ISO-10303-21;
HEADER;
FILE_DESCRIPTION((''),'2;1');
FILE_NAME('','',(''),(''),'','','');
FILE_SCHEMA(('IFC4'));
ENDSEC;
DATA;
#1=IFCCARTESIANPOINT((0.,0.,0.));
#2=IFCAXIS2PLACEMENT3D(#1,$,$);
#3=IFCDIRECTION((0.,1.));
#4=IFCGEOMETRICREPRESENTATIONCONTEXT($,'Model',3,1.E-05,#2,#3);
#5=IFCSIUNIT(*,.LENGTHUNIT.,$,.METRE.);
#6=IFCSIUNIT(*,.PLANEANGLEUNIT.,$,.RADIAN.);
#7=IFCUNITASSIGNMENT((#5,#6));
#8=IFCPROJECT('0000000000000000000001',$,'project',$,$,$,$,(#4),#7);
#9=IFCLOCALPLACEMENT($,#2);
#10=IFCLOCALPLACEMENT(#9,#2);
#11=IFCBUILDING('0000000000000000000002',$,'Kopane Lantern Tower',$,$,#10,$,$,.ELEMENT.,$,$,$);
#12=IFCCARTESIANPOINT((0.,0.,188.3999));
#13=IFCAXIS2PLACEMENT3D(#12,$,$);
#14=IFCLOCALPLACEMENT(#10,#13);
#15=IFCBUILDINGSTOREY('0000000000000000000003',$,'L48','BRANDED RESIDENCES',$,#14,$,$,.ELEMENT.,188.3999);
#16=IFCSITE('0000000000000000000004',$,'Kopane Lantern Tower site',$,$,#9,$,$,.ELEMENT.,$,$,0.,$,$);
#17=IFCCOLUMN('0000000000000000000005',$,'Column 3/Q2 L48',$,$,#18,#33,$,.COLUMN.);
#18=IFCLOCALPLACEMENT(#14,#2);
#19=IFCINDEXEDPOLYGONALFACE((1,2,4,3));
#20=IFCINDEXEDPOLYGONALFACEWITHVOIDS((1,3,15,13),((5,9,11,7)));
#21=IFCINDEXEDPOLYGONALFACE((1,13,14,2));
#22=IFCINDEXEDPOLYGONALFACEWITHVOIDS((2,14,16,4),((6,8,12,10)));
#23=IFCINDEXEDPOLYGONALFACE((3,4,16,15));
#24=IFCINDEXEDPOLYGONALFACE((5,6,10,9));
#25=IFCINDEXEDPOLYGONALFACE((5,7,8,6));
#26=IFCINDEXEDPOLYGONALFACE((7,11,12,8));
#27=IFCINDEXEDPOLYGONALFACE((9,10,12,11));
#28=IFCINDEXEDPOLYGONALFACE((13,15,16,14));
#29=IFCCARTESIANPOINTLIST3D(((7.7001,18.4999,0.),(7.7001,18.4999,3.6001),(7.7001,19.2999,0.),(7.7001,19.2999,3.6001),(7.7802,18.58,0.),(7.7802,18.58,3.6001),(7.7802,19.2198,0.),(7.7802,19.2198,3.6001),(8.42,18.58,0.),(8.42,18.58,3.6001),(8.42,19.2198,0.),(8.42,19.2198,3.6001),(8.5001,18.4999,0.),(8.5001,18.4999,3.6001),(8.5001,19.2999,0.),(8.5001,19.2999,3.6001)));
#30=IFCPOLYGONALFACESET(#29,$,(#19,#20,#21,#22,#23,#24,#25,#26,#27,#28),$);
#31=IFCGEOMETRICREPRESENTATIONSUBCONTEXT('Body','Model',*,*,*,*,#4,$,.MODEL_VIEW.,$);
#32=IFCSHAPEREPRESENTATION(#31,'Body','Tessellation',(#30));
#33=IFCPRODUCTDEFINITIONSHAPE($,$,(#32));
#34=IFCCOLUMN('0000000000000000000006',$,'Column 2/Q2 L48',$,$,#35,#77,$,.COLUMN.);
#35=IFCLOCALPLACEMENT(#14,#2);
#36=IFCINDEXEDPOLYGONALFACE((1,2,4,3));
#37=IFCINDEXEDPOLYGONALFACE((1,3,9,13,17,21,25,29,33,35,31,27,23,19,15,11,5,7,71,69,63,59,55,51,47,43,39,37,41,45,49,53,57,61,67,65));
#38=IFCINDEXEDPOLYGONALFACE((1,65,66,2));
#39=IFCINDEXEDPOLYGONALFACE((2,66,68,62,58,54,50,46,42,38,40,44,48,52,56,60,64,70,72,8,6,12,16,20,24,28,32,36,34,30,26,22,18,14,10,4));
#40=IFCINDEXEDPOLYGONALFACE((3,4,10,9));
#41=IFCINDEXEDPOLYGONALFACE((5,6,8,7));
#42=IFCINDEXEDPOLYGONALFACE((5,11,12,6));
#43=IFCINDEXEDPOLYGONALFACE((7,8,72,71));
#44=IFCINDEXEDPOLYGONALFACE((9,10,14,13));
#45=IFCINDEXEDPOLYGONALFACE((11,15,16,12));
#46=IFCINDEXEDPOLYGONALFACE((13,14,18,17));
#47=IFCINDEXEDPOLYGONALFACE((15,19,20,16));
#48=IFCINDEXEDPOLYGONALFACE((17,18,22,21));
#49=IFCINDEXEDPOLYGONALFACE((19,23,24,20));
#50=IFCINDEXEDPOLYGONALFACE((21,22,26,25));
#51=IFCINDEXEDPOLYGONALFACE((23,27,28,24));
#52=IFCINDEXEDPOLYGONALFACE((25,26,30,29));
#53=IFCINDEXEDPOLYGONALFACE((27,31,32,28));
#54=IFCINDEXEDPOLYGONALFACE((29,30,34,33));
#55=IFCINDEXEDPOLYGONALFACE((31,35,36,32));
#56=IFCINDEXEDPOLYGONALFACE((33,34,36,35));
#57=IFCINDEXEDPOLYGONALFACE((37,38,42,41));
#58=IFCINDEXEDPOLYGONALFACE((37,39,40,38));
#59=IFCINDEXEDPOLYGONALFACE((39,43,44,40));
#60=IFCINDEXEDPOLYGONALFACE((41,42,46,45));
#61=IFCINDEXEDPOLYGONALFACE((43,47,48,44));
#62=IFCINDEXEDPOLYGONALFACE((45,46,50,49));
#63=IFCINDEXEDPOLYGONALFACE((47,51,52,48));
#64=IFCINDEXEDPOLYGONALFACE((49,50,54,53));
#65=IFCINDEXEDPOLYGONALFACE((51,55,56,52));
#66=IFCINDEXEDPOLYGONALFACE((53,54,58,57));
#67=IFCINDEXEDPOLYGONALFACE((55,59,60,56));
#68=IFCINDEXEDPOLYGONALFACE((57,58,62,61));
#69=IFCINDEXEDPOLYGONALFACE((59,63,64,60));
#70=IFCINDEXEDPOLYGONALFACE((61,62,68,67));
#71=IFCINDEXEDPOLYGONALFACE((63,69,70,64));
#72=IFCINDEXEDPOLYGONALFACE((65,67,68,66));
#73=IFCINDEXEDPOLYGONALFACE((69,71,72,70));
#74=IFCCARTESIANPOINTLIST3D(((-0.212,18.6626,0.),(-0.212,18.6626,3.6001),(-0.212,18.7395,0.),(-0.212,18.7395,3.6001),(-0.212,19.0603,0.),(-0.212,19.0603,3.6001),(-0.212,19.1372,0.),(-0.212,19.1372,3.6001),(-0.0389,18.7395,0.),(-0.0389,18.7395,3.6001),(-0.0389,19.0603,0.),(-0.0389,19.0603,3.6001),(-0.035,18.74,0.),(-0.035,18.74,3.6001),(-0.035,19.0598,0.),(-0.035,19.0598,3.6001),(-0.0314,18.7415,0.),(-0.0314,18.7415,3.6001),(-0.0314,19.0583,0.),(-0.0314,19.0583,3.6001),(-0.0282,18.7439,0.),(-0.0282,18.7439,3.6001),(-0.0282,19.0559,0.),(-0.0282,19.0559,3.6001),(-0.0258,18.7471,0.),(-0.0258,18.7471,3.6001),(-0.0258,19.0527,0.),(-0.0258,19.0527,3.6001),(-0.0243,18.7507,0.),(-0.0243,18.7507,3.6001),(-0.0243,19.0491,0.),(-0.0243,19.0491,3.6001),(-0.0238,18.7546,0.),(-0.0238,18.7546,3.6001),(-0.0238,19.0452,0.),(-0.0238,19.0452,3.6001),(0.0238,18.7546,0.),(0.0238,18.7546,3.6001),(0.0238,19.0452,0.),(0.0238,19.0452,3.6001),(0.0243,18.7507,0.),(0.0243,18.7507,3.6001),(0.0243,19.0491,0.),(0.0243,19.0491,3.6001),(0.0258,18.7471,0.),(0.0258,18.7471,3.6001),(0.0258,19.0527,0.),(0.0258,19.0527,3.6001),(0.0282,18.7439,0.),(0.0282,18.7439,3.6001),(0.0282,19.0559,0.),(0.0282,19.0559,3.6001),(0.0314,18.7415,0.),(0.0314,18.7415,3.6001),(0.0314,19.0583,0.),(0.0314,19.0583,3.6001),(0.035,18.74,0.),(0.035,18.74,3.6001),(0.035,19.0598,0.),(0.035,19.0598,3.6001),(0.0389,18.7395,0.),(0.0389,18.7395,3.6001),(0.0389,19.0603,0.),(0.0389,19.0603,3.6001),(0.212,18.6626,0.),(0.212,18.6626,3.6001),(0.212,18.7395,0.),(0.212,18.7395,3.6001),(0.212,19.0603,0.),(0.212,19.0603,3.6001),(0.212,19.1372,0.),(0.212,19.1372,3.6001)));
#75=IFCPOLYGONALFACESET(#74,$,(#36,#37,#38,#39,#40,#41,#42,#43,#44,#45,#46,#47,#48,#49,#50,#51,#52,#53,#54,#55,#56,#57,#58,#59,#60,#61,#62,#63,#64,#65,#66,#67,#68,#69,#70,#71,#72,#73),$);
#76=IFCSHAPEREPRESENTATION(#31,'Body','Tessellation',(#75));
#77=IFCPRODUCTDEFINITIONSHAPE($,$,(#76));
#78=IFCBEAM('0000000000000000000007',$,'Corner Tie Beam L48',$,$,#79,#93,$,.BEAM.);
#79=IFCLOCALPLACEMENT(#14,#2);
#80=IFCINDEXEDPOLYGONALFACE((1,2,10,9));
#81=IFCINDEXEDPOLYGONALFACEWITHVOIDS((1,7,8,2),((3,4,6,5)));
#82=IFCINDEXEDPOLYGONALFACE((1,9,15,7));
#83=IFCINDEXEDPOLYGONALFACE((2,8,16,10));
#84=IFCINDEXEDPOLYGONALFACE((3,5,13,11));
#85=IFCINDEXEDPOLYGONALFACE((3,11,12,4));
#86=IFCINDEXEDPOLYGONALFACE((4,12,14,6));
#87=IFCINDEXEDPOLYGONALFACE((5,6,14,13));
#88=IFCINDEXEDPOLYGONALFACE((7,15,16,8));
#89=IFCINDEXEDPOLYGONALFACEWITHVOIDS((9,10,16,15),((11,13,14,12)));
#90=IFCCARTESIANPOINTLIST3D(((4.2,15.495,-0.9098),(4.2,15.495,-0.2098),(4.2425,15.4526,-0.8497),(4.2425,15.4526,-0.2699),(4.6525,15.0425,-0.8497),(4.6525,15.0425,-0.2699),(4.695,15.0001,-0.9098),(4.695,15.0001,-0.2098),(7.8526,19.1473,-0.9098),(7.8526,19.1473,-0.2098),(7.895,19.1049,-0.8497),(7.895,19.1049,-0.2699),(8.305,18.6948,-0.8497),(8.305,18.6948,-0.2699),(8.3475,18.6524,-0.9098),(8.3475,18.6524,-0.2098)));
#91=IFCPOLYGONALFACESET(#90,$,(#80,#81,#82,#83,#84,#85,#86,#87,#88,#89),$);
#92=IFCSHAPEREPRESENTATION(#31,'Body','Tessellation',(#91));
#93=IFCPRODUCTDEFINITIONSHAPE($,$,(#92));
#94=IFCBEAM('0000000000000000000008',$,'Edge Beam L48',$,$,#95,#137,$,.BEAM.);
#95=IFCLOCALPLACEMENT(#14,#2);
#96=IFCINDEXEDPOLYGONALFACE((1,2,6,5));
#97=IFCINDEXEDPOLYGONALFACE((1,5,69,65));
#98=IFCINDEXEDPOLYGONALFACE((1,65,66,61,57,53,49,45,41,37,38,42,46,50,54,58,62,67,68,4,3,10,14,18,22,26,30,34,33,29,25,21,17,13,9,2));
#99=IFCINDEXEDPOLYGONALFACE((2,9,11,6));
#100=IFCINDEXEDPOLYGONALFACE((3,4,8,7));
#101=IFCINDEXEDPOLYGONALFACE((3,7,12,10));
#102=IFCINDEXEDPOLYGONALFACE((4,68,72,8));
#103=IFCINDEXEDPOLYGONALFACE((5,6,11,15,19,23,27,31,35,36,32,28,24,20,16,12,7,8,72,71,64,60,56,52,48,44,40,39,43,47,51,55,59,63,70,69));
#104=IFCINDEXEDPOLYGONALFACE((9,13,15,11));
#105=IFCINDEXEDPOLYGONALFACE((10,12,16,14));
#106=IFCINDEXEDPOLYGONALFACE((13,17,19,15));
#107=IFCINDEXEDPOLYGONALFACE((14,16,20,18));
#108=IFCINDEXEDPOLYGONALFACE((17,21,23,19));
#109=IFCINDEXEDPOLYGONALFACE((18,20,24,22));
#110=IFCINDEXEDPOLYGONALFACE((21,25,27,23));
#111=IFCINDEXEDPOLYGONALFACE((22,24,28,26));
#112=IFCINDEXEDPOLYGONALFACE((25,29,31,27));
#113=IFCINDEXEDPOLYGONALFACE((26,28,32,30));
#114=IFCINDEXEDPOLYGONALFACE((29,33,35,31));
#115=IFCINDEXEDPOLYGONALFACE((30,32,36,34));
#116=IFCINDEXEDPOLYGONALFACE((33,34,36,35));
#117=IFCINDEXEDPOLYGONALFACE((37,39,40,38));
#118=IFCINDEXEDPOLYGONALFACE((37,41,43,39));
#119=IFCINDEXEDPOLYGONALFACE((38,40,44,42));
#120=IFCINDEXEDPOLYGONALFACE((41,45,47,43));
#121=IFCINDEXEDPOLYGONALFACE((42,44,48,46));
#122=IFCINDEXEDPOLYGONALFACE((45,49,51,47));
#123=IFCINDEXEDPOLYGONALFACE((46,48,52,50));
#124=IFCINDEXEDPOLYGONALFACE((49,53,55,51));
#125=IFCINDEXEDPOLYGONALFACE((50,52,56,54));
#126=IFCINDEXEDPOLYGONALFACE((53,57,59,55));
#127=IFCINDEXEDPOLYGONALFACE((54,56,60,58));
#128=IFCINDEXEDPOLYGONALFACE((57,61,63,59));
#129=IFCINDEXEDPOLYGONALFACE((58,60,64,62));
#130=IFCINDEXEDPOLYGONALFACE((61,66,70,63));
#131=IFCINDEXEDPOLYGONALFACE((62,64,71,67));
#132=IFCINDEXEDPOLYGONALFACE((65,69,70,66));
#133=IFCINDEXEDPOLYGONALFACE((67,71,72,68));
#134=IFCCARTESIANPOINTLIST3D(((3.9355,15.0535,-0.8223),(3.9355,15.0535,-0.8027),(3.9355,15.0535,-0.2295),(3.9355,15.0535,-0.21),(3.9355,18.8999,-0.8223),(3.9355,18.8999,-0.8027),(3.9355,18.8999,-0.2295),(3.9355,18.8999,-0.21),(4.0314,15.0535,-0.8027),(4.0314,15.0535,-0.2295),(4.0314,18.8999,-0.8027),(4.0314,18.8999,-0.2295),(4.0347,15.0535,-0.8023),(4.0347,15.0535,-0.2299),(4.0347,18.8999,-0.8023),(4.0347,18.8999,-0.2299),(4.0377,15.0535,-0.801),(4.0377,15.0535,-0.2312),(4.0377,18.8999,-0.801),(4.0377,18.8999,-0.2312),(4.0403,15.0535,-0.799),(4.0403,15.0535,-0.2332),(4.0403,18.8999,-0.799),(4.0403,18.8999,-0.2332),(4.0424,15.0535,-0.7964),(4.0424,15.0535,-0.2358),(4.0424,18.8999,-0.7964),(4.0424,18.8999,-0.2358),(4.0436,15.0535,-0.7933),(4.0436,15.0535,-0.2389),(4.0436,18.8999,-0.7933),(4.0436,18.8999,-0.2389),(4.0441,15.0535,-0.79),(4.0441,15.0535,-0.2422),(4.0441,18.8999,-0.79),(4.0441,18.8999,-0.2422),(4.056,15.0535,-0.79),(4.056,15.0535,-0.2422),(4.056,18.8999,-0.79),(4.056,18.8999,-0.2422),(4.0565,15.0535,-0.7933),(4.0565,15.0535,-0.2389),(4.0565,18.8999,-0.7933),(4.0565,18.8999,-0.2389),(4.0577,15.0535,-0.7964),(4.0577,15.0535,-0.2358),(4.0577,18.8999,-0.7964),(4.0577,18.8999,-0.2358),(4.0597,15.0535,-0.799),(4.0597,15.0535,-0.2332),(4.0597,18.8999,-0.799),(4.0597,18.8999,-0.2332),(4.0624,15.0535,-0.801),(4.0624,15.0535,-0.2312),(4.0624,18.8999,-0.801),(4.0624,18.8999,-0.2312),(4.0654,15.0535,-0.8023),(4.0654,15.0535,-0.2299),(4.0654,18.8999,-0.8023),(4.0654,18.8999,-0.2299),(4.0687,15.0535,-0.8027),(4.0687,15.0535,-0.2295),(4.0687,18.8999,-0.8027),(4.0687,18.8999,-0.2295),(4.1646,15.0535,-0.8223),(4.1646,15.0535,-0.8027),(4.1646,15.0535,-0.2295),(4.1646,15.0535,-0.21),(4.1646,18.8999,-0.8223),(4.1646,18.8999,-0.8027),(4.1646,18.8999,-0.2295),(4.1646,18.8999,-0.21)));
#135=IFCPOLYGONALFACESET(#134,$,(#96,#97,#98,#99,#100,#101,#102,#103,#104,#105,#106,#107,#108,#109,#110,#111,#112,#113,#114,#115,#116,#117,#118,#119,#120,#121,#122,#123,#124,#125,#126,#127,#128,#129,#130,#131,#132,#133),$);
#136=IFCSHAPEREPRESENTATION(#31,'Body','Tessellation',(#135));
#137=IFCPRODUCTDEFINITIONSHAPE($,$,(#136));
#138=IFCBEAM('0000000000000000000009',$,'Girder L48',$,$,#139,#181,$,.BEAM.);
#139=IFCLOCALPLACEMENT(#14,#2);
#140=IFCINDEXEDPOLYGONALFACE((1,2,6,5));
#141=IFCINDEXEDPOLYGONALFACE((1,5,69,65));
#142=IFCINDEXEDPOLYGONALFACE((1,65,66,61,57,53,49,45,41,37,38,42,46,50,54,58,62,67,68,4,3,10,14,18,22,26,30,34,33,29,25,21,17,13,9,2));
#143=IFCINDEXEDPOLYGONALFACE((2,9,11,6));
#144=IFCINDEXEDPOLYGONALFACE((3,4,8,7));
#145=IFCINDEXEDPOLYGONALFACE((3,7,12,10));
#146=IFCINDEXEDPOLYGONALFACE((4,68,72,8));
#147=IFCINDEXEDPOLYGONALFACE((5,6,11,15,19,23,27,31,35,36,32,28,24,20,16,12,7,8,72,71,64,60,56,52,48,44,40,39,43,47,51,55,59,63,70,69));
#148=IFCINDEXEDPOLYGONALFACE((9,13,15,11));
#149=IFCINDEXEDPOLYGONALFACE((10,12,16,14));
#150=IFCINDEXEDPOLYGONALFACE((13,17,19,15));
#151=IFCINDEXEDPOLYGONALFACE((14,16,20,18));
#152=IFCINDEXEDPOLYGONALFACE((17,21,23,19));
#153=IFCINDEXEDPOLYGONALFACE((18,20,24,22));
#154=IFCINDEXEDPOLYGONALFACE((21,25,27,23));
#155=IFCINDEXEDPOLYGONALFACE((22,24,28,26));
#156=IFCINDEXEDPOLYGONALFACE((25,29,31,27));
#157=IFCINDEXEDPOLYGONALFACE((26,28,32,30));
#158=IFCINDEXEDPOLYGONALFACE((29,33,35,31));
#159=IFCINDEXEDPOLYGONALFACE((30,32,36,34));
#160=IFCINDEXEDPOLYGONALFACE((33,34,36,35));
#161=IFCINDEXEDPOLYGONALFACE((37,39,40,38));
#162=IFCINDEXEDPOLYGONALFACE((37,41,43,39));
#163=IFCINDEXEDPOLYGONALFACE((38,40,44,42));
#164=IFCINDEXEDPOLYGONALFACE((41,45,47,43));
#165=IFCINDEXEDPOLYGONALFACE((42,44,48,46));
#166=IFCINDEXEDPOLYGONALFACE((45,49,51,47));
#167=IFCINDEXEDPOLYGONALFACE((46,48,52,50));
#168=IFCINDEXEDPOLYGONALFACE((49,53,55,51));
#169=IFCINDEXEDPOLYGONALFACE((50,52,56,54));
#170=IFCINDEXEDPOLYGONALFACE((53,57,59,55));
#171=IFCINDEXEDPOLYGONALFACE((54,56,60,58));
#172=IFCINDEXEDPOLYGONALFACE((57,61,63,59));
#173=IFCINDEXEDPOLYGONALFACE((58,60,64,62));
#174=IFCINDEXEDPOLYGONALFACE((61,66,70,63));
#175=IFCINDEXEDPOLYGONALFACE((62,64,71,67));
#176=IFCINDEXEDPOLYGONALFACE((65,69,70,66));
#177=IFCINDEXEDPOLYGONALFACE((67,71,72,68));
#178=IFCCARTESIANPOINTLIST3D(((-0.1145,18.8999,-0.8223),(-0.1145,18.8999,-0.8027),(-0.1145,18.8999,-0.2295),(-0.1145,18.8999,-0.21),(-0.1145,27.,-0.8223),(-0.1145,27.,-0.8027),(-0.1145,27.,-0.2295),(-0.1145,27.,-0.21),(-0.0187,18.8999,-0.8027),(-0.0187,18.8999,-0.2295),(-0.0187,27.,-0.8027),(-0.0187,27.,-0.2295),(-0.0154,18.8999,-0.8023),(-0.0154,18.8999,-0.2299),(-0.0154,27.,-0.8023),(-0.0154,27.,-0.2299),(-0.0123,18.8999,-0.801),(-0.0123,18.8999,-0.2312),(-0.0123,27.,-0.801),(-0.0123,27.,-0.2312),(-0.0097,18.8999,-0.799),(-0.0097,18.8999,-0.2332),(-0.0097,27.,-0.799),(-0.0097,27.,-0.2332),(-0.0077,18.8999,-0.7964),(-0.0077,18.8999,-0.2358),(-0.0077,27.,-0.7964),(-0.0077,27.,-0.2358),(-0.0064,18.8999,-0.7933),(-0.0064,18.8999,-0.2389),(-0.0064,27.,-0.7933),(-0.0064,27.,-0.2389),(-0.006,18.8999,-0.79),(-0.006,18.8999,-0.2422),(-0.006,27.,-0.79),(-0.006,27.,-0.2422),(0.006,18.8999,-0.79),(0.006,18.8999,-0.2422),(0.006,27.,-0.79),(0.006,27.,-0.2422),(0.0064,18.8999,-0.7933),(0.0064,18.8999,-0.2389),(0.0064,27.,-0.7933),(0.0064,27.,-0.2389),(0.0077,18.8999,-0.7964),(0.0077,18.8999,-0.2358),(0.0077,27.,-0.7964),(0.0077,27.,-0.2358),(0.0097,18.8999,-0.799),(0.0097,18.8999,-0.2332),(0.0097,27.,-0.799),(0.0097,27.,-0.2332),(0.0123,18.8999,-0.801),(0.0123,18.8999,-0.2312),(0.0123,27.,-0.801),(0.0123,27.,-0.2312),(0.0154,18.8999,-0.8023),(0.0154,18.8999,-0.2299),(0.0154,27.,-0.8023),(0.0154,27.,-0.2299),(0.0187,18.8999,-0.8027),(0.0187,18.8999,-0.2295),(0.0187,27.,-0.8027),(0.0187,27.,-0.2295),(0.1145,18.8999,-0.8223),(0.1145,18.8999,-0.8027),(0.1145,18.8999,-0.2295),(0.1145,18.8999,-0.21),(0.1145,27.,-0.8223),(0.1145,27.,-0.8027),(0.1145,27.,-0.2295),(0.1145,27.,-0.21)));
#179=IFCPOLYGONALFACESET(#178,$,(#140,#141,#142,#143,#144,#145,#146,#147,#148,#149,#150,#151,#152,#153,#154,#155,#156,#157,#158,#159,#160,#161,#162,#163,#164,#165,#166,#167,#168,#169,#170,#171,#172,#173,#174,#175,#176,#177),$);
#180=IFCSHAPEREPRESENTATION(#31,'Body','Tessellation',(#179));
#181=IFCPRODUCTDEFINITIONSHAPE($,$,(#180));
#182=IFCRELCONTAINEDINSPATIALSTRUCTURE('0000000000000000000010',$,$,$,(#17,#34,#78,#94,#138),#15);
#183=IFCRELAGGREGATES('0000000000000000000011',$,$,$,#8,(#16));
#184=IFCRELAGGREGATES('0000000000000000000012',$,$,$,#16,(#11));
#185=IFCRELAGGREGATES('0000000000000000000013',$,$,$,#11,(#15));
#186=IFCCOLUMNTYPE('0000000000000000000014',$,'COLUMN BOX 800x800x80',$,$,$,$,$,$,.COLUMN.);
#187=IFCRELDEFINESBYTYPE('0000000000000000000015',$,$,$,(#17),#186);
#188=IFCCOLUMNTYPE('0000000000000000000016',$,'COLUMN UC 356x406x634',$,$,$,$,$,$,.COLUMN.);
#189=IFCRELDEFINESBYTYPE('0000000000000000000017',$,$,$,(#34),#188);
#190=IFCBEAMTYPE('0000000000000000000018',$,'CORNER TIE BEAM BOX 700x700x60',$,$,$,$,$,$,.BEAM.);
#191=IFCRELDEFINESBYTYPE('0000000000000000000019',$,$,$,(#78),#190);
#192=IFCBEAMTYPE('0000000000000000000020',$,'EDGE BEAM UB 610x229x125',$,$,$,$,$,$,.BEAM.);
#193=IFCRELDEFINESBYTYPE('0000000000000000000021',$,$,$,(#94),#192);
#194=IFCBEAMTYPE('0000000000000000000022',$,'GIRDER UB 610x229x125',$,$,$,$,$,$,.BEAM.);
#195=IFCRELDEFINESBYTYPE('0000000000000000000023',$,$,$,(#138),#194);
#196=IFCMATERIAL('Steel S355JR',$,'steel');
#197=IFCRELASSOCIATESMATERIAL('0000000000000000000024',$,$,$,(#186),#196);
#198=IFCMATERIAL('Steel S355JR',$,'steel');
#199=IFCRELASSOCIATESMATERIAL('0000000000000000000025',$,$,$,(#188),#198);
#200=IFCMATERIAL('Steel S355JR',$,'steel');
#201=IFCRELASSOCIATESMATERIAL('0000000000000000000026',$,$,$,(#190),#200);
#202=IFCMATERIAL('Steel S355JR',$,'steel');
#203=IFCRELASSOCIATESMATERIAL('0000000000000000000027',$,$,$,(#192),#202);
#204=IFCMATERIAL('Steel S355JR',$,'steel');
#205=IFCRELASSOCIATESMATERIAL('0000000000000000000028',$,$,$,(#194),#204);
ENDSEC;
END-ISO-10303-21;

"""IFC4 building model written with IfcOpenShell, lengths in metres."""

from ifc_helpers import new_model, si_unit, direction, frame, origin, origin_2d, place, context, subcontext, project, spatial, hollow_rectangle, i_section, extrude, material, material_profile, profile_set, type_object, element, save


model = new_model("IFC4")

# Units and contexts
model_context = context("Model", 3, precision=1e-05, world=origin(), true_north=direction((0.0, 1.0)))
body_context = subcontext(model_context, "Body", "Model", "MODEL_VIEW")
ifc_project = project(units=[si_unit("LENGTHUNIT", "METRE"), si_unit("PLANEANGLEUNIT", "RADIAN")], contexts=[model_context])

# Site, building, storey
site_placement = place(None, origin())
site = spatial("IfcSite", under=ifc_project, at=site_placement, Name="Kopane Lantern Tower site", CompositionType="ELEMENT", RefElevation=0.0)
building_placement = place(site_placement, origin())
building = spatial("IfcBuilding", under=site, at=building_placement, Name="Kopane Lantern Tower", CompositionType="ELEMENT")
storey_placement = place(building_placement, frame((0.0, 0.0, 188.3999)))
storey = spatial("IfcBuildingStorey", under=building, at=storey_placement, Name="L48", Description="BRANDED RESIDENCES", CompositionType="ELEMENT", Elevation=188.3999)

# Columns
ifc_material_1 = material(Name="Steel S355JR", Category="steel")
ifc_material_profile_1 = material_profile(ifc_material_1, hollow_rectangle(XDim=0.8, YDim=0.8, WallThickness=0.0801, at=origin_2d()), Name="BOX 800x800x80")
ifc_profile_set_1 = profile_set([ifc_material_profile_1], Name="Steel S355JR")
column_type_1 = type_object("IfcColumnType", Name="COLUMN BOX 800x800x80", PredefinedType="COLUMN", material=ifc_profile_set_1)
column_1_placement = place(storey_placement, frame((8.1001, 18.8999, 0.0), z_axis=(0.0, 0.0, 1.0), x_axis=(1.0, 0.0, 0.0)))
element("IfcColumn", 1, at=column_1_placement, inside=storey, type_object=column_type_1, Name="Column 3/Q2 L48", PredefinedType="COLUMN", context=body_context, shape_type="SweptSolid", body=[
    extrude(hollow_rectangle(XDim=0.8, YDim=0.8, WallThickness=0.0801, at=origin_2d()), origin(), (0.0, 0.0, 1.0), 3.6001),
])
ifc_material_2 = material(Name="Steel S355JR", Category="steel")
ifc_material_profile_2 = material_profile(ifc_material_2, i_section(OverallWidth=0.4241, OverallDepth=0.4746, WebThickness=0.0476, FlangeThickness=0.0769, FilletRadius=0.0151, at=origin_2d()), Name="UC 356x406x634")
ifc_profile_set_2 = profile_set([ifc_material_profile_2], Name="Steel S355JR")
column_type_2 = type_object("IfcColumnType", Name="COLUMN UC 356x406x634", PredefinedType="COLUMN", material=ifc_profile_set_2)
column_2_placement = place(storey_placement, frame((0.0, 18.8999, 0.0), z_axis=(0.0, 0.0, 1.0), x_axis=(1.0, 0.0, 0.0)))
element("IfcColumn", 2, at=column_2_placement, inside=storey, type_object=column_type_2, Name="Column 2/Q2 L48", PredefinedType="COLUMN", context=body_context, shape_type="SweptSolid", body=[
    extrude(i_section(OverallWidth=0.4241, OverallDepth=0.4746, WebThickness=0.0476, FlangeThickness=0.0769, FilletRadius=0.0151, at=origin_2d()), origin(), (0.0, 0.0, 1.0), 3.6001),
])

# Beams
ifc_material_3 = material(Name="Steel S355JR", Category="steel")
ifc_material_profile_3 = material_profile(ifc_material_3, hollow_rectangle(XDim=0.7, YDim=0.7, WallThickness=0.0601, at=origin_2d()), Name="BOX 700x700x60")
ifc_profile_set_3 = profile_set([ifc_material_profile_3], Name="Steel S355JR")
beam_type_1 = type_object("IfcBeamType", Name="CORNER TIE BEAM BOX 700x700x60", PredefinedType="BEAM", material=ifc_profile_set_3)
beam_1_placement = place(storey_placement, frame((4.4475, 15.2476, -0.5598), z_axis=(0.70713, 0.707083, 0.0), x_axis=(-0.707083, 0.70713, 0.0)))
element("IfcBeam", 3, at=beam_1_placement, inside=storey, type_object=beam_type_1, Name="Corner Tie Beam L48", PredefinedType="BEAM", context=body_context, shape_type="SweptSolid", body=[
    extrude(hollow_rectangle(XDim=0.7, YDim=0.7, WallThickness=0.0601, at=origin_2d()), origin(), (0.0, 0.0, 1.0), 5.1653),
])
ifc_material_4 = material(Name="Steel S355JR", Category="steel")
ifc_material_profile_4 = material_profile(ifc_material_4, i_section(OverallWidth=0.229, OverallDepth=0.6123, WebThickness=0.012, FlangeThickness=0.0195, FilletRadius=0.0127, at=origin_2d()), Name="UB 610x229x125")
ifc_profile_set_4 = profile_set([ifc_material_profile_4], Name="Steel S355JR")
beam_type_2 = type_object("IfcBeamType", Name="EDGE BEAM UB 610x229x125", PredefinedType="BEAM", material=ifc_profile_set_4)
beam_2_placement = place(storey_placement, frame((4.05, 15.0535, -0.5161), z_axis=(0.0, 1.0, 0.0), x_axis=(-1.0, 0.0, 0.0)))
element("IfcBeam", 4, at=beam_2_placement, inside=storey, type_object=beam_type_2, Name="Edge Beam L48", PredefinedType="BEAM", context=body_context, shape_type="SweptSolid", body=[
    extrude(i_section(OverallWidth=0.229, OverallDepth=0.6123, WebThickness=0.012, FlangeThickness=0.0195, FilletRadius=0.0127, at=origin_2d()), origin(), (0.0, 0.0, 1.0), 3.8464),
])
ifc_material_5 = material(Name="Steel S355JR", Category="steel")
ifc_material_profile_5 = material_profile(ifc_material_5, i_section(OverallWidth=0.229, OverallDepth=0.6123, WebThickness=0.012, FlangeThickness=0.0195, FilletRadius=0.0127, at=origin_2d()), Name="UB 610x229x125")
ifc_profile_set_5 = profile_set([ifc_material_profile_5], Name="Steel S355JR")
beam_type_3 = type_object("IfcBeamType", Name="GIRDER UB 610x229x125", PredefinedType="BEAM", material=ifc_profile_set_5)
for number, where, z_axis, x_axis, name in (
    (5, (0.0, 18.8999, -0.5161), (0.0, 1.0, 0.0), (-1.0, 0.0, 0.0), "Girder L48"),
):
    element("IfcBeam", number, at=place(storey_placement, frame(where, z_axis=z_axis, x_axis=x_axis)), inside=storey, type_object=beam_type_3, Name=name, PredefinedType="BEAM", context=body_context, shape_type="SweptSolid", body=[
        extrude(i_section(OverallWidth=0.229, OverallDepth=0.6123, WebThickness=0.012, FlangeThickness=0.0195, FilletRadius=0.0127, at=origin_2d()), origin(), (0.0, 0.0, 1.0), 8.1001),
    ])

save(model, "model.ifc")
